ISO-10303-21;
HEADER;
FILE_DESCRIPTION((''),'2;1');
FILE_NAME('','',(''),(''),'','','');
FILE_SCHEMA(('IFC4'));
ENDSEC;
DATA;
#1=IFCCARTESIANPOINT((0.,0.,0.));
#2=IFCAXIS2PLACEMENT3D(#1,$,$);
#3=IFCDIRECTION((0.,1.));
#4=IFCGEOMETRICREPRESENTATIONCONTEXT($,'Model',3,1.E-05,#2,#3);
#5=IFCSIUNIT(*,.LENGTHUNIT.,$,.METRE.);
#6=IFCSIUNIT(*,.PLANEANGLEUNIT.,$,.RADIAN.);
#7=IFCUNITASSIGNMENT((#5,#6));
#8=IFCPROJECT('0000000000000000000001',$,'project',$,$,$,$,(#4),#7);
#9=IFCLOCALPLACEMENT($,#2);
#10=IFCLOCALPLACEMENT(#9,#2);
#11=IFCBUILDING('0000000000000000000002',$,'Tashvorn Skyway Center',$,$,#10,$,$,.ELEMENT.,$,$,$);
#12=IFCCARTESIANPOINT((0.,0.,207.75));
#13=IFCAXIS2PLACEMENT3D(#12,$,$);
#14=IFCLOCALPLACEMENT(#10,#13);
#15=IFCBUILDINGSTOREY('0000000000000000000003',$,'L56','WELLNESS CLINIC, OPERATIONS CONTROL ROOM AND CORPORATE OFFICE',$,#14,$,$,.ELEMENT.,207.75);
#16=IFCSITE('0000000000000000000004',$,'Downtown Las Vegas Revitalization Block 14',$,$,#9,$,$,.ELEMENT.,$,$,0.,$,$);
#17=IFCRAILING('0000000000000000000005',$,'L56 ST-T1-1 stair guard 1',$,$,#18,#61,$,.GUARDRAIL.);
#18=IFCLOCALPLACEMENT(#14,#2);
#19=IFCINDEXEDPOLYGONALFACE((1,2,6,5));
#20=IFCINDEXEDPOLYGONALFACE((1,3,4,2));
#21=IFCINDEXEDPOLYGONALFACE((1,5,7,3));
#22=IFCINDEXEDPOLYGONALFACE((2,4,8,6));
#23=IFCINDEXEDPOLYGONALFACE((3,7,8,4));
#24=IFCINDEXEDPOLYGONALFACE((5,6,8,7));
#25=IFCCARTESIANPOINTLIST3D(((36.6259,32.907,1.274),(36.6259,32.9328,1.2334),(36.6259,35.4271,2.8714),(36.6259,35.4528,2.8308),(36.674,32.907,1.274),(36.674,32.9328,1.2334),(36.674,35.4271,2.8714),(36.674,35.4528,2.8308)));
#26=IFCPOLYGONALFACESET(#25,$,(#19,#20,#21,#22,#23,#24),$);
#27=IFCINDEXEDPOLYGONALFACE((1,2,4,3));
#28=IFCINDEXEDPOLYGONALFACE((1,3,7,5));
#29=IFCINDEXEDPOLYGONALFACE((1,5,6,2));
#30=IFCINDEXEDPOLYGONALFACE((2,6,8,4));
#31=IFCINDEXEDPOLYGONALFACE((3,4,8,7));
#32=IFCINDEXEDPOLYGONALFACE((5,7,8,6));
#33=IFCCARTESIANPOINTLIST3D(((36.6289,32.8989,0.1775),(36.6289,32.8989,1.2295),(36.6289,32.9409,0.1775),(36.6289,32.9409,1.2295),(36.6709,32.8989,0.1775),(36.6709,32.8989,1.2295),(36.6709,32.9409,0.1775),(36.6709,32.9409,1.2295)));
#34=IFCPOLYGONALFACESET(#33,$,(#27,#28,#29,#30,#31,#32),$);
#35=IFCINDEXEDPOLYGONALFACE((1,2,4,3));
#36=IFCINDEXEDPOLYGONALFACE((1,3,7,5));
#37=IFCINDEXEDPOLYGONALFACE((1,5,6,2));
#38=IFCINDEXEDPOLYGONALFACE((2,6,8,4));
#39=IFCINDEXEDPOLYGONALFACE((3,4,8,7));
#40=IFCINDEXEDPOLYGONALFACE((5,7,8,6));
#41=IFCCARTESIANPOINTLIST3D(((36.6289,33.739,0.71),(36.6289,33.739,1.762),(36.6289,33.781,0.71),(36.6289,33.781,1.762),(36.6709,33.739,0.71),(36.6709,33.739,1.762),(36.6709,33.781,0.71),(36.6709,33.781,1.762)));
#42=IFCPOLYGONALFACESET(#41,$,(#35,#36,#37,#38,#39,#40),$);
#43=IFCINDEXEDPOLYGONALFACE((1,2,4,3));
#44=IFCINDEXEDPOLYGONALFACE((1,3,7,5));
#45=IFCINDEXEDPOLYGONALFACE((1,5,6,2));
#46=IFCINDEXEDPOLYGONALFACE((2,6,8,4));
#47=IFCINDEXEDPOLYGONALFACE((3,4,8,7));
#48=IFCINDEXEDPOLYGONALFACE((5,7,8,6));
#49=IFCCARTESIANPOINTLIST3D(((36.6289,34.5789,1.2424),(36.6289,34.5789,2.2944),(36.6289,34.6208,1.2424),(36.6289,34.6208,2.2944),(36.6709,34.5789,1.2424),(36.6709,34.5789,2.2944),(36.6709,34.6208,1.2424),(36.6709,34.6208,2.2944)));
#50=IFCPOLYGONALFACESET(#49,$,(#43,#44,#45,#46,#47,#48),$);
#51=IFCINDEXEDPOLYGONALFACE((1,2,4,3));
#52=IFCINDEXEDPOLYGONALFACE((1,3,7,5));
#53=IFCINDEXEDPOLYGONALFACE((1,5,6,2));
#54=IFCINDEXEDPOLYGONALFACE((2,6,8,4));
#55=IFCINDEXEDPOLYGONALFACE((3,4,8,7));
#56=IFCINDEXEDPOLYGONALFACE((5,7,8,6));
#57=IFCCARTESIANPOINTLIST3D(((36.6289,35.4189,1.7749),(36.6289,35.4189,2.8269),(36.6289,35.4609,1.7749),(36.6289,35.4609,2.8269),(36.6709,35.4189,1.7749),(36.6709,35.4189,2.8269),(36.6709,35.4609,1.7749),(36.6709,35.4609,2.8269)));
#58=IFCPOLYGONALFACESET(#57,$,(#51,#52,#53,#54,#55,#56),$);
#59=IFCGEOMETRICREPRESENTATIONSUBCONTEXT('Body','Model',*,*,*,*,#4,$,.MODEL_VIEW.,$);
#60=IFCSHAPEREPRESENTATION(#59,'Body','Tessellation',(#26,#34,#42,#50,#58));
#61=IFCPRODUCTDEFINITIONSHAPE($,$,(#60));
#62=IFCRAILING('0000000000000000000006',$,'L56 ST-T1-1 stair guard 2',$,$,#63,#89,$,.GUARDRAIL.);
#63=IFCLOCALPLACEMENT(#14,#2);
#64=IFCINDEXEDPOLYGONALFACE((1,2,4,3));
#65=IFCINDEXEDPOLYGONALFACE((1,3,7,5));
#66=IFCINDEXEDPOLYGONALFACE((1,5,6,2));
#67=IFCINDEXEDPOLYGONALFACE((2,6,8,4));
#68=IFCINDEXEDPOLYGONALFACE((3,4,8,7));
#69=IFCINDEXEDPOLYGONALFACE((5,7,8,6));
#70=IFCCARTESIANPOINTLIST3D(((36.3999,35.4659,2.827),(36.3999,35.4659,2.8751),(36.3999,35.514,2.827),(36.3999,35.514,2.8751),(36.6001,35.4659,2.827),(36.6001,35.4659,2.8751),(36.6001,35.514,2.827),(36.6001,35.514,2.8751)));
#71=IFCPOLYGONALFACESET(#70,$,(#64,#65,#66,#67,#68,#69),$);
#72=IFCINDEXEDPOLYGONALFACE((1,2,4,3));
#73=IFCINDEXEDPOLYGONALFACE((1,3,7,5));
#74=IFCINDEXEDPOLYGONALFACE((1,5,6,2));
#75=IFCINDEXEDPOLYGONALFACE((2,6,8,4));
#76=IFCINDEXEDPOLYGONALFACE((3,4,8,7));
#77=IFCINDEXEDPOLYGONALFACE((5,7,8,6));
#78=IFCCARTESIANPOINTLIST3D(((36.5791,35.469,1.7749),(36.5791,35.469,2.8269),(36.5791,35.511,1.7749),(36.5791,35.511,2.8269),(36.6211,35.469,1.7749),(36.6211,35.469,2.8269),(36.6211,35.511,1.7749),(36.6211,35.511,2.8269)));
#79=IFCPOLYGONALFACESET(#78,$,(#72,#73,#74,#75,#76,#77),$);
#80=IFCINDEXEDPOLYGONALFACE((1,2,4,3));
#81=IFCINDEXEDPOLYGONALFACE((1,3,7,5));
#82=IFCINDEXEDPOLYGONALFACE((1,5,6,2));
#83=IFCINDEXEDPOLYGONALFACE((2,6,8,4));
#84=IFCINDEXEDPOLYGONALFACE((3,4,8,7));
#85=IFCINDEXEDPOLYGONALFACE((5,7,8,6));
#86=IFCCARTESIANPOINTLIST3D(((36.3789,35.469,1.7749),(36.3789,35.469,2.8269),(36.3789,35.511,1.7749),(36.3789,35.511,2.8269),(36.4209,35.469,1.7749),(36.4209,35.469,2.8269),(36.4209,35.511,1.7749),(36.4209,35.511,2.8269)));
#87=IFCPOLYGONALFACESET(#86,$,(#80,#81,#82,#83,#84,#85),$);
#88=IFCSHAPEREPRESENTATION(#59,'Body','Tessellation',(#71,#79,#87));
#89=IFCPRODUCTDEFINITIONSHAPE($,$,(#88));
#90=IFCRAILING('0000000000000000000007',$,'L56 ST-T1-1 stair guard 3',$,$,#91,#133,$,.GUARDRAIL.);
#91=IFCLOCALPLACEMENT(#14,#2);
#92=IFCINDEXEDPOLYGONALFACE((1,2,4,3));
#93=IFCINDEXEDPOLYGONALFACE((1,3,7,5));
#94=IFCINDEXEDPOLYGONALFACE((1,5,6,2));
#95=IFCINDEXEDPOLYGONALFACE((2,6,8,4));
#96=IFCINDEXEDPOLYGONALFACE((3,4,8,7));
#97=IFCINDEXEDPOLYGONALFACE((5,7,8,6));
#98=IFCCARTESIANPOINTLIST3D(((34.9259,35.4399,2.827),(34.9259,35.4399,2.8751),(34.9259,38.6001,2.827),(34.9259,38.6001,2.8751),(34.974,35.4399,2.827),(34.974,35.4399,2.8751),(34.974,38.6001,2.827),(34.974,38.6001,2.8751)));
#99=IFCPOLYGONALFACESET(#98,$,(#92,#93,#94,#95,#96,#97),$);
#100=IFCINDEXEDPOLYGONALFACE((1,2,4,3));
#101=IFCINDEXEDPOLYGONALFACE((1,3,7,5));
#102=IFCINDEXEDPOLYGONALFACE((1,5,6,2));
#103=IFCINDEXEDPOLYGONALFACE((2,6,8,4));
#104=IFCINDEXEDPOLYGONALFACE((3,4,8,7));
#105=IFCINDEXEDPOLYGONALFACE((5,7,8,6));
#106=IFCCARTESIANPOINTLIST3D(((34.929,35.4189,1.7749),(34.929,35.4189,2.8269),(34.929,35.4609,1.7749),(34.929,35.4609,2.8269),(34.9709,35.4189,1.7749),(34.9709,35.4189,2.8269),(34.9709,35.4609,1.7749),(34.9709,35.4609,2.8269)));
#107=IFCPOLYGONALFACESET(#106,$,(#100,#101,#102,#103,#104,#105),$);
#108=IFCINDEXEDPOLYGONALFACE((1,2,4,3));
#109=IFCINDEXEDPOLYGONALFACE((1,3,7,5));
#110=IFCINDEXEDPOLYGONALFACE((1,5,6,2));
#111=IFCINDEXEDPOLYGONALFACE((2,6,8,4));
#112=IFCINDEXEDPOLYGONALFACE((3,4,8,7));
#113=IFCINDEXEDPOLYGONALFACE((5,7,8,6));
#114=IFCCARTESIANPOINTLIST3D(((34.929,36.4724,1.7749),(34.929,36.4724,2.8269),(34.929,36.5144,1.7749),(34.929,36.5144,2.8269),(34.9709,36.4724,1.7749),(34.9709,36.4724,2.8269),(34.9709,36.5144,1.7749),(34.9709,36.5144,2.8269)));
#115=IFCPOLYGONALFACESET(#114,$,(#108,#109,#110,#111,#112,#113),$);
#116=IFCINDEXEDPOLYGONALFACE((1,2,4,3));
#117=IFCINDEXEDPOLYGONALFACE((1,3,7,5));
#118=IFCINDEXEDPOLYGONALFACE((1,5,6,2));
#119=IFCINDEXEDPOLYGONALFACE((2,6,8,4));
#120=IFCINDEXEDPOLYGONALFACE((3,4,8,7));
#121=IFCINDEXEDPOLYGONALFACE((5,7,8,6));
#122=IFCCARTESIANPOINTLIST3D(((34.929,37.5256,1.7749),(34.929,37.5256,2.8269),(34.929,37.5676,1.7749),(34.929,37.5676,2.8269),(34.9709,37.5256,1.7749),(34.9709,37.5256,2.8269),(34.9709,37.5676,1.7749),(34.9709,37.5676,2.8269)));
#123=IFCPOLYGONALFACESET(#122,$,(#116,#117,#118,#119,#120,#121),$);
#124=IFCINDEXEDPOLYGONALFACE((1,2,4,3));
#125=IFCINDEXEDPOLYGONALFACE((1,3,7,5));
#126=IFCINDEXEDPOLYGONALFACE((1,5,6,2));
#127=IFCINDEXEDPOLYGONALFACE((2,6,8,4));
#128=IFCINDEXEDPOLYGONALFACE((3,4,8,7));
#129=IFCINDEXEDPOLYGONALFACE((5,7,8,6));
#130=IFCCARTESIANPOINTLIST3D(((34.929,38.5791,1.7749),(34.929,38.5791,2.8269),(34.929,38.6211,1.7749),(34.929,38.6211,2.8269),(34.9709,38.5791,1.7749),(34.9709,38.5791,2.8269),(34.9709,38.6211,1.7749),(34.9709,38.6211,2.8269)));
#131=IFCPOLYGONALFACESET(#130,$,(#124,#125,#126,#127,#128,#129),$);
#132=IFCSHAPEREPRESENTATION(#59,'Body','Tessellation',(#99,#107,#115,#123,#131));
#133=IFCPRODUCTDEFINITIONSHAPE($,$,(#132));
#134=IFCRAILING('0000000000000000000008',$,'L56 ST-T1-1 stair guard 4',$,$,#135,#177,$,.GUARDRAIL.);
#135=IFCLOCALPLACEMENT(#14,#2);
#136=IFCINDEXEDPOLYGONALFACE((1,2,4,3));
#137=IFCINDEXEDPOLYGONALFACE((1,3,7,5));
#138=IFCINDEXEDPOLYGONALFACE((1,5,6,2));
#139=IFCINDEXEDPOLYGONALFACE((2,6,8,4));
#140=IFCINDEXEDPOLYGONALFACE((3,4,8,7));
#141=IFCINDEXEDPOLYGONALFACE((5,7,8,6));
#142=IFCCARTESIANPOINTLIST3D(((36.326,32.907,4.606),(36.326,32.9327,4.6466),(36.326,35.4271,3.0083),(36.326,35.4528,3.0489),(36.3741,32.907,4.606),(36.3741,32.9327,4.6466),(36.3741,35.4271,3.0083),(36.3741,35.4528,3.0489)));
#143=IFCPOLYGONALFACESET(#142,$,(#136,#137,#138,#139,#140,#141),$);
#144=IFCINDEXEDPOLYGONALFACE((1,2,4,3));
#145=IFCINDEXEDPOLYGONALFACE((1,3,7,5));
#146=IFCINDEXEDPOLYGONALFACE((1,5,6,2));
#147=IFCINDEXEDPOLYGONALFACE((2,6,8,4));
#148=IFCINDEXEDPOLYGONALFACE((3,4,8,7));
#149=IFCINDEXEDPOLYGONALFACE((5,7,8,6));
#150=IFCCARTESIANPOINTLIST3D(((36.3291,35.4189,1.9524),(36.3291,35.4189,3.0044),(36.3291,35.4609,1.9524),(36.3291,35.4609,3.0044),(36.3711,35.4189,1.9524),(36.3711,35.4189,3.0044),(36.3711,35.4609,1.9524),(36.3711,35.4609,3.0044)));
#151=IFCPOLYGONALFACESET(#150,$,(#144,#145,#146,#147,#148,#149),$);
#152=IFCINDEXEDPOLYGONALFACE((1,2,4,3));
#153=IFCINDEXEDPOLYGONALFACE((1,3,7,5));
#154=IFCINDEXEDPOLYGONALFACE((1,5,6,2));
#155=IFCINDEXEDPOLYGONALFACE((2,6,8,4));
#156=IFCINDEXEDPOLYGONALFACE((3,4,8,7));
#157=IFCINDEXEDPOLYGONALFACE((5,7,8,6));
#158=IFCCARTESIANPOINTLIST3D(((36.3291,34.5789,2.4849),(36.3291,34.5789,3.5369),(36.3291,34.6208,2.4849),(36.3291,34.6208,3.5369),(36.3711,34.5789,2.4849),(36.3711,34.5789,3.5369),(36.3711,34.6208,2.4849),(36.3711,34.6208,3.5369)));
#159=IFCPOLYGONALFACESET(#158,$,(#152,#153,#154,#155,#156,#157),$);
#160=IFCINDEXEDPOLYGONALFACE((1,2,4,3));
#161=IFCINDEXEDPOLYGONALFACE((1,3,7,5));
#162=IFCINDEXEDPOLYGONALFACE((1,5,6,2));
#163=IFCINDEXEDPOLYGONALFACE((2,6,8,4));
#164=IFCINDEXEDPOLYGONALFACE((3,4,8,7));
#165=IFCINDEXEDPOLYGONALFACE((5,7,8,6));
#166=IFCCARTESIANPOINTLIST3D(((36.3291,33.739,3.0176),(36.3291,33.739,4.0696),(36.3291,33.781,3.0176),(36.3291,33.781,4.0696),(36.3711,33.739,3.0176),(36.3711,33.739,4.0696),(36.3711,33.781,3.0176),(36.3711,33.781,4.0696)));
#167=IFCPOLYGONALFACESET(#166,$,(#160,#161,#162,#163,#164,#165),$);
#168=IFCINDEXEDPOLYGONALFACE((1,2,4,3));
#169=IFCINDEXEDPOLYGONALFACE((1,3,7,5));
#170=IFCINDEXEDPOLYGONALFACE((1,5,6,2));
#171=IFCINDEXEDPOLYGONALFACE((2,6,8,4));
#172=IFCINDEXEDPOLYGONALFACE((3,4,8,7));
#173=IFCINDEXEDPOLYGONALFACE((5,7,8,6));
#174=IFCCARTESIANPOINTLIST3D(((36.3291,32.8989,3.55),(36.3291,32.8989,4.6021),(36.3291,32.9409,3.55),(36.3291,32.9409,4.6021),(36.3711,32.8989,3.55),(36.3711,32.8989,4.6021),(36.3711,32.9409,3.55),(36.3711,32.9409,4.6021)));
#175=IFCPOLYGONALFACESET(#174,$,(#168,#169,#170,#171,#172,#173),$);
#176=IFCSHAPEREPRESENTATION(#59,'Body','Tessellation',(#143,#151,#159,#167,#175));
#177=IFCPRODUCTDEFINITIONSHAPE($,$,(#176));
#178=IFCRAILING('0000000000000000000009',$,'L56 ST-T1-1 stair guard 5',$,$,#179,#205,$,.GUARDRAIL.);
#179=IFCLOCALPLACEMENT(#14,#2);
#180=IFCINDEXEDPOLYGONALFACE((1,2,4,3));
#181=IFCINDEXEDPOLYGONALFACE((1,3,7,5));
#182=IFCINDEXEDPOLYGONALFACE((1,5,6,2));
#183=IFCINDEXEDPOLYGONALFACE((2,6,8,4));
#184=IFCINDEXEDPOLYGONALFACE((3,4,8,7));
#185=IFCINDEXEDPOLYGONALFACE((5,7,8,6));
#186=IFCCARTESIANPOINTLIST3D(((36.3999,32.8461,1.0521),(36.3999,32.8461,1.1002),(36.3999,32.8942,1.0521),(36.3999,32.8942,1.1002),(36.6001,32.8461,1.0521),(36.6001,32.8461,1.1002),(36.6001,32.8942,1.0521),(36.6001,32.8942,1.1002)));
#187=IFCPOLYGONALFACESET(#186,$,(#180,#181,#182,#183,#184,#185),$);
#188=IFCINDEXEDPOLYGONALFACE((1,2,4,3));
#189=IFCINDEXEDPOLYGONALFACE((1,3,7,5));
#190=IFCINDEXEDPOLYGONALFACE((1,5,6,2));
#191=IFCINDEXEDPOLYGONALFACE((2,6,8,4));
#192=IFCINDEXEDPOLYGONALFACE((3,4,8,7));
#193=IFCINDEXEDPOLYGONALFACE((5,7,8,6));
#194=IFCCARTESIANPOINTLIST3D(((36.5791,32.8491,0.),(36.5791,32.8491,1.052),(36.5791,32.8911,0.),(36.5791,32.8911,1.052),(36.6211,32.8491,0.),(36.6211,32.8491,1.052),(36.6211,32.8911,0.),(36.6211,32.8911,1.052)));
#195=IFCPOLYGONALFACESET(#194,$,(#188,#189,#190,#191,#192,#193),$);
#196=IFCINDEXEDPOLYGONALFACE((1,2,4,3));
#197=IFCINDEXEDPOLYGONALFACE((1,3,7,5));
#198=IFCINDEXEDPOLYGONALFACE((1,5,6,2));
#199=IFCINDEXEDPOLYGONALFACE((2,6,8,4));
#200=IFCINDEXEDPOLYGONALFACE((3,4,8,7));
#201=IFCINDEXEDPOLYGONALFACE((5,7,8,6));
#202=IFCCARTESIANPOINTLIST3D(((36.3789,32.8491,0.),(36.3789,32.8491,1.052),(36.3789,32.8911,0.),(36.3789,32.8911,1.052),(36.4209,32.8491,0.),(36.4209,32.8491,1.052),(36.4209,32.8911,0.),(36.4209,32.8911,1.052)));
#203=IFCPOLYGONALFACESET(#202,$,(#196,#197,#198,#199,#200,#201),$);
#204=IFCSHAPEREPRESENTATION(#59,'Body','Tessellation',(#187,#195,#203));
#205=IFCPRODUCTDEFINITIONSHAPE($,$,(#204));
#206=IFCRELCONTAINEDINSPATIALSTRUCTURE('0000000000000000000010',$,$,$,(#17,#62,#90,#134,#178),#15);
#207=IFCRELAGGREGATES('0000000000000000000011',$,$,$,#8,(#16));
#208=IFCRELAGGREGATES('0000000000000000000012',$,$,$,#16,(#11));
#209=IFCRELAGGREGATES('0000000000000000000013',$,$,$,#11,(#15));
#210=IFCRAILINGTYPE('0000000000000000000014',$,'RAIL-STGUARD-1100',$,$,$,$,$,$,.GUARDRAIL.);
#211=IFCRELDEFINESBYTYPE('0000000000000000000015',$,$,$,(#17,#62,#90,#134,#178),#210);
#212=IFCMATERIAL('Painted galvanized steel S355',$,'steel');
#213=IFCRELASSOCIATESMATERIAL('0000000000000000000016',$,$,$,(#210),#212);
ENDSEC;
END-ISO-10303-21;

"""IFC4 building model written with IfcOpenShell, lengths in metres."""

from ifc_helpers import new_model, si_unit, direction, frame, origin, origin_2d, place, context, subcontext, project, spatial, rectangle, extrude, material, type_object, element, save


model = new_model("IFC4")

# Units and contexts
model_context = context("Model", 3, precision=1e-05, world=origin(), true_north=direction((0.0, 1.0)))
body_context = subcontext(model_context, "Body", "Model", "MODEL_VIEW")
ifc_project = project(units=[si_unit("LENGTHUNIT", "METRE"), si_unit("PLANEANGLEUNIT", "RADIAN")], contexts=[model_context])

# Site, building, storey
site_placement = place(None, origin())
site = spatial("IfcSite", under=ifc_project, at=site_placement, Name="Downtown Las Vegas Revitalization Block 14", CompositionType="ELEMENT", RefElevation=0.0)
building_placement = place(site_placement, origin())
building = spatial("IfcBuilding", under=site, at=building_placement, Name="Tashvorn Skyway Center", CompositionType="ELEMENT")
storey_placement = place(building_placement, frame((0.0, 0.0, 207.75)))
storey = spatial("IfcBuildingStorey", under=building, at=storey_placement, Name="L56", Description="WELLNESS CLINIC, OPERATIONS CONTROL ROOM AND CORPORATE OFFICE", CompositionType="ELEMENT", Elevation=207.75)

# Railings
ifc_material_1 = material(Name="Painted galvanized steel S355", Category="steel")
railing_type_1 = type_object("IfcRailingType", Name="RAIL-STGUARD-1100", PredefinedType="GUARDRAIL", material=ifc_material_1)
railing_1_placement = place(storey_placement, frame((36.6499, 32.9199, 0.1775)))
element("IfcRailing", 1, at=railing_1_placement, inside=storey, type_object=railing_type_1, Name="L56 ST-T1-1 stair guard 1", PredefinedType="GUARDRAIL", context=body_context, shape_type="SweptSolid", body=[
    extrude(rectangle(XDim=0.0481, YDim=0.0481, at=origin_2d()), frame((0.0, 0.0, 1.0762), z_axis=(0.0, 0.844607, 0.535387), x_axis=(-1.0, 0.0, 0.0)), (0.0, 0.0, 1.0), 2.9836),
    extrude(rectangle(XDim=0.042, YDim=0.042, at=origin_2d()), origin(), (0.0, 0.0, 1.0), 1.052),
    extrude(rectangle(XDim=0.042, YDim=0.042, at=origin_2d()), frame((0.0, 0.8401, 0.5325)), (0.0, 0.0, 1.0), 1.052),
    extrude(rectangle(XDim=0.042, YDim=0.042, at=origin_2d()), frame((0.0, 1.6799, 1.0649)), (0.0, 0.0, 1.0), 1.052),
    extrude(rectangle(XDim=0.042, YDim=0.042, at=origin_2d()), frame((0.0, 2.52, 1.5974)), (0.0, 0.0, 1.0), 1.052),
])
railing_2_placement = place(storey_placement, frame((36.6001, 35.49, 1.7749)))
element("IfcRailing", 2, at=railing_2_placement, inside=storey, type_object=railing_type_1, Name="L56 ST-T1-1 stair guard 2", PredefinedType="GUARDRAIL", context=body_context, shape_type="SweptSolid", body=[
    extrude(rectangle(XDim=0.0481, YDim=0.0481, at=origin_2d()), frame((0.0, 0.0, 1.0762), z_axis=(-1.0, 0.0, 0.0), x_axis=(0.0, -1.0, 0.0)), (0.0, 0.0, 1.0), 0.2002),
    extrude(rectangle(XDim=0.042, YDim=0.042, at=origin_2d()), origin(), (0.0, 0.0, 1.0), 1.052),
    extrude(rectangle(XDim=0.042, YDim=0.042, at=origin_2d()), frame((-0.2002, 0.0, 0.0)), (0.0, 0.0, 1.0), 1.052),
])
railing_3_placement = place(storey_placement, frame((34.95, 35.4399, 1.7749)))
element("IfcRailing", 3, at=railing_3_placement, inside=storey, type_object=railing_type_1, Name="L56 ST-T1-1 stair guard 3", PredefinedType="GUARDRAIL", context=body_context, shape_type="SweptSolid", body=[
    extrude(rectangle(XDim=0.0481, YDim=0.0481, at=origin_2d()), frame((0.0, 0.0, 1.0762), z_axis=(0.0, 1.0, 0.0), x_axis=(-1.0, 0.0, 0.0)), (0.0, 0.0, 1.0), 3.1602),
    extrude(rectangle(XDim=0.042, YDim=0.042, at=origin_2d()), origin(), (0.0, 0.0, 1.0), 1.052),
    extrude(rectangle(XDim=0.042, YDim=0.042, at=origin_2d()), frame((0.0, 1.0535, 0.0)), (0.0, 0.0, 1.0), 1.052),
    extrude(rectangle(XDim=0.042, YDim=0.042, at=origin_2d()), frame((0.0, 2.1067, 0.0)), (0.0, 0.0, 1.0), 1.052),
    extrude(rectangle(XDim=0.042, YDim=0.042, at=origin_2d()), frame((0.0, 3.1602, 0.0)), (0.0, 0.0, 1.0), 1.052),
])
railing_4_placement = place(storey_placement, frame((36.3501, 35.4399, 1.9524)))
element("IfcRailing", 4, at=railing_4_placement, inside=storey, type_object=railing_type_1, Name="L56 ST-T1-1 stair guard 4", PredefinedType="GUARDRAIL", context=body_context, shape_type="SweptSolid", body=[
    extrude(rectangle(XDim=0.0481, YDim=0.0481, at=origin_2d()), frame((0.0, 0.0, 1.0762), z_axis=(0.0, -0.84457, 0.535445), x_axis=(1.0, 0.0, 0.0)), (0.0, 0.0, 1.0), 2.9839),
    extrude(rectangle(XDim=0.042, YDim=0.042, at=origin_2d()), origin(), (0.0, 0.0, 1.0), 1.052),
    extrude(rectangle(XDim=0.042, YDim=0.042, at=origin_2d()), frame((0.0, -0.8401, 0.5325)), (0.0, 0.0, 1.0), 1.052),
    extrude(rectangle(XDim=0.042, YDim=0.042, at=origin_2d()), frame((0.0, -1.6799, 1.0652)), (0.0, 0.0, 1.0), 1.052),
    extrude(rectangle(XDim=0.042, YDim=0.042, at=origin_2d()), frame((0.0, -2.52, 1.5977)), (0.0, 0.0, 1.0), 1.052),
])
railing_5_placement = place(storey_placement, frame((36.6001, 32.8701, 0.0)))
element("IfcRailing", 5, at=railing_5_placement, inside=storey, type_object=railing_type_1, Name="L56 ST-T1-1 stair guard 5", PredefinedType="GUARDRAIL", context=body_context, shape_type="SweptSolid", body=[
    extrude(rectangle(XDim=0.0481, YDim=0.0481, at=origin_2d()), frame((0.0, 0.0, 1.0762), z_axis=(-1.0, 0.0, 0.0), x_axis=(0.0, -1.0, 0.0)), (0.0, 0.0, 1.0), 0.2002),
    extrude(rectangle(XDim=0.042, YDim=0.042, at=origin_2d()), origin(), (0.0, 0.0, 1.0), 1.052),
    extrude(rectangle(XDim=0.042, YDim=0.042, at=origin_2d()), frame((-0.2002, 0.0, 0.0)), (0.0, 0.0, 1.0), 1.052),
])

save(model, "model.ifc")
